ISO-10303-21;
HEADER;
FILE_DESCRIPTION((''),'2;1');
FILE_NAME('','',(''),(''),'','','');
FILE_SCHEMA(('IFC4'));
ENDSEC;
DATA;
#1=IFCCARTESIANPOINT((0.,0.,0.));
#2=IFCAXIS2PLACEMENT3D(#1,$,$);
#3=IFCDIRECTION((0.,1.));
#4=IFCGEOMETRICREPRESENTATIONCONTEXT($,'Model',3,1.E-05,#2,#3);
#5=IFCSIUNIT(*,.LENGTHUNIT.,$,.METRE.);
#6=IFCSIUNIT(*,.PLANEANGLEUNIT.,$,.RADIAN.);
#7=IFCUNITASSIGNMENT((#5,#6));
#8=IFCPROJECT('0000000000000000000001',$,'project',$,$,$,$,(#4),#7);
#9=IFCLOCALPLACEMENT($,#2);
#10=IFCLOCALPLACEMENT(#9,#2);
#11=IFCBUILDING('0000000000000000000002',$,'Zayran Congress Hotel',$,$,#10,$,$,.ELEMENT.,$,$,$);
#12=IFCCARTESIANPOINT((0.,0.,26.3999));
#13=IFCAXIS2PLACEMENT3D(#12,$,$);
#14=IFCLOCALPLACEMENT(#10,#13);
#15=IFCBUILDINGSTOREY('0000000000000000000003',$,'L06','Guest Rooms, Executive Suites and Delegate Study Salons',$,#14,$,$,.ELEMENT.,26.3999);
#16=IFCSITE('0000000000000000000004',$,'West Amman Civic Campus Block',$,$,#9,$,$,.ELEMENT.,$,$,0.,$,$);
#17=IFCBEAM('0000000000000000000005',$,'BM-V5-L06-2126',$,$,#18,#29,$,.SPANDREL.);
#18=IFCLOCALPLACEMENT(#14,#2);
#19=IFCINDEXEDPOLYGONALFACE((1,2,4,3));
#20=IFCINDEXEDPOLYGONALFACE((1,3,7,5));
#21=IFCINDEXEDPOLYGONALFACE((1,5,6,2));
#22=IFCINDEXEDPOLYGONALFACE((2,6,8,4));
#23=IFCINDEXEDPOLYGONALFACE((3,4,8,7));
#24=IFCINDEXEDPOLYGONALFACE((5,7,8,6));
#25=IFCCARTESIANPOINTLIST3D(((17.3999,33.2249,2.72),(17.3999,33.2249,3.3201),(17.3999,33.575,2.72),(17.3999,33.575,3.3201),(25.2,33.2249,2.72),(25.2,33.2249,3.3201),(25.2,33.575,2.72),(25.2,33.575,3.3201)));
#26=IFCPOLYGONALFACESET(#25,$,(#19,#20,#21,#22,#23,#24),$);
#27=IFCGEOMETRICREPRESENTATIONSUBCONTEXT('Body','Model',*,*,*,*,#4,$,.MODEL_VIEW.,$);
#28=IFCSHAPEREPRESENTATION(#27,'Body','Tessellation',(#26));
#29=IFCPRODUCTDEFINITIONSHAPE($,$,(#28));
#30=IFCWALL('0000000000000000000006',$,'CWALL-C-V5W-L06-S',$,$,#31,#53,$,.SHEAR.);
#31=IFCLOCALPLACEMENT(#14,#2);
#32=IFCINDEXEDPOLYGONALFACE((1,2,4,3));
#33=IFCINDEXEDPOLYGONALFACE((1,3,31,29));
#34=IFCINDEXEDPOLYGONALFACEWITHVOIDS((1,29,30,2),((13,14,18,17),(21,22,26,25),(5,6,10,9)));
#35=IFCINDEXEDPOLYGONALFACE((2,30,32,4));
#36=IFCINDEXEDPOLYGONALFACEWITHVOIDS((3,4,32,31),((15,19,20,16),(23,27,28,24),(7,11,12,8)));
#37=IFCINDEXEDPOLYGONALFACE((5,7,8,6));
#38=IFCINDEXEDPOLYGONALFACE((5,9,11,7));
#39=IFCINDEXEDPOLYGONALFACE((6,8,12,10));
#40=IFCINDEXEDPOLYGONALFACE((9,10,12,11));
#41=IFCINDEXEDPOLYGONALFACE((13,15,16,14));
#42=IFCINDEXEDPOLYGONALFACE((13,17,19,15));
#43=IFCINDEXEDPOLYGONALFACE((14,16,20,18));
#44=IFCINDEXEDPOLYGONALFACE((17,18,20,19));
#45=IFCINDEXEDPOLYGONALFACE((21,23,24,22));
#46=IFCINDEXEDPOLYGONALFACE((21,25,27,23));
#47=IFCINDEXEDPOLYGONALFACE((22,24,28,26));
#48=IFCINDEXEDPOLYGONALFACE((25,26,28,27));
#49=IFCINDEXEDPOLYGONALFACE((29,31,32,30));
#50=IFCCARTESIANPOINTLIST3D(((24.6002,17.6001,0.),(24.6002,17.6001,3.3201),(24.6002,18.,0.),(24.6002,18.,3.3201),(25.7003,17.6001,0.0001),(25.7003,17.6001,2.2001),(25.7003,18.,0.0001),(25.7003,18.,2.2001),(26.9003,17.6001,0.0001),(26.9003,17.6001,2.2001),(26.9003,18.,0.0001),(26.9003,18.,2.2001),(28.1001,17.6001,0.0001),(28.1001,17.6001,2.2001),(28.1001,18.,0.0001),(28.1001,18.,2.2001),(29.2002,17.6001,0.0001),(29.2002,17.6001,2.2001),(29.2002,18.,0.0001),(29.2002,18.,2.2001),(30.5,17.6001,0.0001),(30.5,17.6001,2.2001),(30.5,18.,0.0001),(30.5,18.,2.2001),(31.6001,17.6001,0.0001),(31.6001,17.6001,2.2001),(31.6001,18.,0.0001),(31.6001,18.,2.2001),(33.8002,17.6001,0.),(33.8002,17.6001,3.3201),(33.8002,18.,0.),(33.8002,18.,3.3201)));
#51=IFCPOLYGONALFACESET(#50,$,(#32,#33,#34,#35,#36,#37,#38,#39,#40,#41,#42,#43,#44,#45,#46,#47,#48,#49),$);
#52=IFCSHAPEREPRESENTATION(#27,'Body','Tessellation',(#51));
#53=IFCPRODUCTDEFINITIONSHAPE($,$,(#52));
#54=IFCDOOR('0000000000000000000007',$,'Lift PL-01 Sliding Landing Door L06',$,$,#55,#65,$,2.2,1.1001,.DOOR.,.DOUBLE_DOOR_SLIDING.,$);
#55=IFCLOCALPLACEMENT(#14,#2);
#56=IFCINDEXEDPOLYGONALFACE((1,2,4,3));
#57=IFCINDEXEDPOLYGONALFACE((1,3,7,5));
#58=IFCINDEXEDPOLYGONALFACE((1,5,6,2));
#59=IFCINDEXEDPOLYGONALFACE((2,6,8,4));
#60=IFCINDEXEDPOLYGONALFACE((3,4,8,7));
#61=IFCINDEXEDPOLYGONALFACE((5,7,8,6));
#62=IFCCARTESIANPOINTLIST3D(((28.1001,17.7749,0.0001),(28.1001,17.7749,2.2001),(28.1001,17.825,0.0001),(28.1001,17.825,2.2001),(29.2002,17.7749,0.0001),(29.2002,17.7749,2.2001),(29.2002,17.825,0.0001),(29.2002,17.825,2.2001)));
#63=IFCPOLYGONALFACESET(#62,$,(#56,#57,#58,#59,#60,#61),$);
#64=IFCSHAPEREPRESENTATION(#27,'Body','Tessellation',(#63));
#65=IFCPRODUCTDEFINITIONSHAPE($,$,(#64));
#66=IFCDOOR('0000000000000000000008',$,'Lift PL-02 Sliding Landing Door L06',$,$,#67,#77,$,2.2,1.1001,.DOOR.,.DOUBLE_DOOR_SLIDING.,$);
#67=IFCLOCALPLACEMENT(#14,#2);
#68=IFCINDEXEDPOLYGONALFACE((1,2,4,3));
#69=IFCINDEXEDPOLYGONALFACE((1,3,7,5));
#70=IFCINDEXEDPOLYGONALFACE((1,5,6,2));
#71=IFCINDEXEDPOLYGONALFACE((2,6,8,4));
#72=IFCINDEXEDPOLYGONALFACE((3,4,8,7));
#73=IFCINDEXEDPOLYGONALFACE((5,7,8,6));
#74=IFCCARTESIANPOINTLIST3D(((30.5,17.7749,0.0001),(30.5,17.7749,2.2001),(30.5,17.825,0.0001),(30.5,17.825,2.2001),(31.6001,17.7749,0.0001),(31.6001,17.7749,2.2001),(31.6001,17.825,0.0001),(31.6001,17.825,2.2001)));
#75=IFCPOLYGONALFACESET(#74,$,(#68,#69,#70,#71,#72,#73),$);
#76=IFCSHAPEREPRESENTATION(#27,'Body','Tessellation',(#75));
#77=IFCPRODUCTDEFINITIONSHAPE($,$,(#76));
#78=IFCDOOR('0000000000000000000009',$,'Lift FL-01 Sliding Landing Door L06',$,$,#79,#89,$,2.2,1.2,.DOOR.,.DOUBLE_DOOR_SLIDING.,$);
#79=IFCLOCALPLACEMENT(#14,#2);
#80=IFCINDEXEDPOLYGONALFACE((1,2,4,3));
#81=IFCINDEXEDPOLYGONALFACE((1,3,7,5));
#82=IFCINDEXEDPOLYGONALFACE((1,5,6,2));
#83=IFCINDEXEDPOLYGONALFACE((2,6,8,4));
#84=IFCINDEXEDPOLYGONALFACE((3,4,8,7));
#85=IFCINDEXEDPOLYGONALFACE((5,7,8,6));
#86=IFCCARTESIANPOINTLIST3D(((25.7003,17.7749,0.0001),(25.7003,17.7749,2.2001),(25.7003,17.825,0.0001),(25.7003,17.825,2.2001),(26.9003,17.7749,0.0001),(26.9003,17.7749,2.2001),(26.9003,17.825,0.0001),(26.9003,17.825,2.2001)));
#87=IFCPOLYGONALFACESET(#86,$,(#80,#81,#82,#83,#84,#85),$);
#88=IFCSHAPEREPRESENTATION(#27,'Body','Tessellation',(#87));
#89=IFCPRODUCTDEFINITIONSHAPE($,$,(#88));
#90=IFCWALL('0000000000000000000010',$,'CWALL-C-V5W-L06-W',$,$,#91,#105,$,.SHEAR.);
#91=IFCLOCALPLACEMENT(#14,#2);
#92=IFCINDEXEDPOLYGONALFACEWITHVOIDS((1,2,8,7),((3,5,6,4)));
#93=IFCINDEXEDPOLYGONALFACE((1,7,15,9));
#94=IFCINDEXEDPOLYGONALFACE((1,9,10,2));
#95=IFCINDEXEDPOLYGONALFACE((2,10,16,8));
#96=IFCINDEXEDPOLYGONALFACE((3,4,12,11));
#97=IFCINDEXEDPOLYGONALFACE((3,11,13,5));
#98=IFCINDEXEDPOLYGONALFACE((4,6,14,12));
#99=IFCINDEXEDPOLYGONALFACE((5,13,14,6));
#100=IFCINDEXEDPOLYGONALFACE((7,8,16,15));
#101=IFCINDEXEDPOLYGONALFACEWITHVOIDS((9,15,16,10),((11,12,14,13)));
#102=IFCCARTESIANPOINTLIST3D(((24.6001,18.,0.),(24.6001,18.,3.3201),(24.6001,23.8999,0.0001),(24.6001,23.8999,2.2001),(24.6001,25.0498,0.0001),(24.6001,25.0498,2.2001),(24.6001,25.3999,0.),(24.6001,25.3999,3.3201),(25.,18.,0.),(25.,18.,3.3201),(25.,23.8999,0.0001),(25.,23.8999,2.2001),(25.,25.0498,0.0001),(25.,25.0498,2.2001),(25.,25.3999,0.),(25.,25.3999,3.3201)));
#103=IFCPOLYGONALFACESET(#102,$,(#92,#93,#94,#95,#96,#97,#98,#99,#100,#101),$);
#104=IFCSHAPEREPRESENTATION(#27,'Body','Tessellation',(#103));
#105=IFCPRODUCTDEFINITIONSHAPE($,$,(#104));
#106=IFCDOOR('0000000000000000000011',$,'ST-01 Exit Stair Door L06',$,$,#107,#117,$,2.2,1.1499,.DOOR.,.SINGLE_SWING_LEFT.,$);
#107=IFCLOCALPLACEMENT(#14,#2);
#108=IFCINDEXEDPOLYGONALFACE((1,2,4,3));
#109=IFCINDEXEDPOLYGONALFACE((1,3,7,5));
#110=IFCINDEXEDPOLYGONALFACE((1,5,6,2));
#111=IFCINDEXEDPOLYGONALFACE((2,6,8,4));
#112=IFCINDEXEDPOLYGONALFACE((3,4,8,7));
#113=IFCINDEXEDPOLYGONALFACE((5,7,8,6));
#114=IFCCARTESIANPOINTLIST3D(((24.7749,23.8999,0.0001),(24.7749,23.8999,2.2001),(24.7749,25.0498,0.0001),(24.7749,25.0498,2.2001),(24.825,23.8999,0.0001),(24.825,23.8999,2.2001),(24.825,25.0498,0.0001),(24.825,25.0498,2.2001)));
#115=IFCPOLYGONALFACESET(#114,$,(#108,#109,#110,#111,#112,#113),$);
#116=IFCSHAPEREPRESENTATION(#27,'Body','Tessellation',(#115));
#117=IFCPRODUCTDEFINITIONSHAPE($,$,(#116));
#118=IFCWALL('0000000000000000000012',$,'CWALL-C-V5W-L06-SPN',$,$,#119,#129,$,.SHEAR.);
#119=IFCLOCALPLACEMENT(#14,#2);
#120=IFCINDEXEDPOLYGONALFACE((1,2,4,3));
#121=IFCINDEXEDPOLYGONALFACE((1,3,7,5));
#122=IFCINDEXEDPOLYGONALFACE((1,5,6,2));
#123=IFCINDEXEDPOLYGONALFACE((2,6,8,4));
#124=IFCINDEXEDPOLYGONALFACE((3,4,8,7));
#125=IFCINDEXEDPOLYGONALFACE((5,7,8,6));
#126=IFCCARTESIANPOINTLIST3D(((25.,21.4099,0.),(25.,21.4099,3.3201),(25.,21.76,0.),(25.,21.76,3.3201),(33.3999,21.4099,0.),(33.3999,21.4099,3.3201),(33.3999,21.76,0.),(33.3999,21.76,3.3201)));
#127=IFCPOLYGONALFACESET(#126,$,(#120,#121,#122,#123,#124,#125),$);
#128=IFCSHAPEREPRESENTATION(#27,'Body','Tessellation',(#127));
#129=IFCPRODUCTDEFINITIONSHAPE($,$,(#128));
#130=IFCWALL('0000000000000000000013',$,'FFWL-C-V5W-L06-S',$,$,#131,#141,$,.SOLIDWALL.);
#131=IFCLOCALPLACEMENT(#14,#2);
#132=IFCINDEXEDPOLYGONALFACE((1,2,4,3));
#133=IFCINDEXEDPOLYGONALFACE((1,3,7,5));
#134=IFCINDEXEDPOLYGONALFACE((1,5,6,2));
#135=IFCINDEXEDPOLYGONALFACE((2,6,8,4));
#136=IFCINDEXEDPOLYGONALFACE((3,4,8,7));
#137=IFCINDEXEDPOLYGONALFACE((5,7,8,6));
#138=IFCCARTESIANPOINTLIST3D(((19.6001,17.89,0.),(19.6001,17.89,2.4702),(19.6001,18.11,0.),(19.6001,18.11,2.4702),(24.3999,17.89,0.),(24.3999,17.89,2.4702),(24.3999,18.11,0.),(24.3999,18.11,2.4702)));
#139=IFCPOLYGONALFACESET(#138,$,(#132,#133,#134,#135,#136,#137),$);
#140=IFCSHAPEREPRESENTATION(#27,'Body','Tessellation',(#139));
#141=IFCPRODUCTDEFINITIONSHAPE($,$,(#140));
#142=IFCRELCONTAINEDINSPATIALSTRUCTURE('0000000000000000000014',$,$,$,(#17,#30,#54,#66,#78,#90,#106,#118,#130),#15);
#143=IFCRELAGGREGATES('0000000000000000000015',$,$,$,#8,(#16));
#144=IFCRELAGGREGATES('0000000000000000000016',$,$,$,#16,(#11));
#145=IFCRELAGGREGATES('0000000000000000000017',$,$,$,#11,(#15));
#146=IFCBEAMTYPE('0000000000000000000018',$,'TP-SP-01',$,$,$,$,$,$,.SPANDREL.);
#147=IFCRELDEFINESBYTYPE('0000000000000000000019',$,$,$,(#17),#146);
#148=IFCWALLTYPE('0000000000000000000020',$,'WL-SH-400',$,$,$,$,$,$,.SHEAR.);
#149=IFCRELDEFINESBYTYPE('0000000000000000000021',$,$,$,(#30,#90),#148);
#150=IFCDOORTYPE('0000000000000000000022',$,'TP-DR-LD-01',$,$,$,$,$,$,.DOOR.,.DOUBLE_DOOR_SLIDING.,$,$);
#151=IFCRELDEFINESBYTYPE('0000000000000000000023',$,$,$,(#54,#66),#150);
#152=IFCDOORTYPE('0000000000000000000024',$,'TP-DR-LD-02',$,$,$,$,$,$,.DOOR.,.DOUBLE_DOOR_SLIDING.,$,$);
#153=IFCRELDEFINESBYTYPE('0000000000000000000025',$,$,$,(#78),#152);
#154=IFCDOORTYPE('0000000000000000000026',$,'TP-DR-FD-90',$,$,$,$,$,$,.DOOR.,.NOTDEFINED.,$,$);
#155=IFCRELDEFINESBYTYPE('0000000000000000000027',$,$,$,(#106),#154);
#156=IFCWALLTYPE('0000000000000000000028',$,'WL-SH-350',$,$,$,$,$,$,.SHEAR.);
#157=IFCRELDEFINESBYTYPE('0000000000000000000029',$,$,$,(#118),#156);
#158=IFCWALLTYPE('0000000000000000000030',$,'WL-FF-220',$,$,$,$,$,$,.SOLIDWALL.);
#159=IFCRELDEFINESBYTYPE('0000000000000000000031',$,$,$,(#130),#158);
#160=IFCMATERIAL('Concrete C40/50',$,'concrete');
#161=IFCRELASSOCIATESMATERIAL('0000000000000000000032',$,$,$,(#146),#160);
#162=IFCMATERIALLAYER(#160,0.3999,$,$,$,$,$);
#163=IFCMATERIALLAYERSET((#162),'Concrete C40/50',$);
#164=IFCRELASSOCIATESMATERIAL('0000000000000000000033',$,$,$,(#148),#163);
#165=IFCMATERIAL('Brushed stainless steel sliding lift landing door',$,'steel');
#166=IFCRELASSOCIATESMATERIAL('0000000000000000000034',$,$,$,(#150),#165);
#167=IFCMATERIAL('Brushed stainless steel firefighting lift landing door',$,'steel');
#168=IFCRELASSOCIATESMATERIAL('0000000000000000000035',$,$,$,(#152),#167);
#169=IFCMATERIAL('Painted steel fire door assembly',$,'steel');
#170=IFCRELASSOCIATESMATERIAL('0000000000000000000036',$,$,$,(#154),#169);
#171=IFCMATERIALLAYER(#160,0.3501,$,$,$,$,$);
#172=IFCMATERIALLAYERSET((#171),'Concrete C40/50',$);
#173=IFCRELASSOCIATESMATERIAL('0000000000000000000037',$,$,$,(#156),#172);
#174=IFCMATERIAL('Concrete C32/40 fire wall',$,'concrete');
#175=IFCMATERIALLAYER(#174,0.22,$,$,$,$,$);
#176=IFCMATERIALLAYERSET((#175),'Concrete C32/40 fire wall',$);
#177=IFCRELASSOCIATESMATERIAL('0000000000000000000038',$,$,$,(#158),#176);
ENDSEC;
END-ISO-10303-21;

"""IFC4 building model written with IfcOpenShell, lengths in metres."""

from ifc_helpers import new_model, si_unit, direction, frame, frame_2d, origin, origin_2d, place, context, subcontext, project, spatial, rectangle, extrude, material, layer, layer_set, material_profile, profile_set, type_object, element, fill, save


model = new_model("IFC4")

# Units and contexts
model_context = context("Model", 3, precision=1e-05, world=origin(), true_north=direction((0.0, 1.0)))
body_context = subcontext(model_context, "Body", "Model", "MODEL_VIEW")
ifc_project = project(units=[si_unit("LENGTHUNIT", "METRE"), si_unit("PLANEANGLEUNIT", "RADIAN")], contexts=[model_context])

# Site, building, storey
site_placement = place(None, origin())
site = spatial("IfcSite", under=ifc_project, at=site_placement, Name="West Amman Civic Campus Block", CompositionType="ELEMENT", RefElevation=0.0)
building_placement = place(site_placement, origin())
building = spatial("IfcBuilding", under=site, at=building_placement, Name="Zayran Congress Hotel", CompositionType="ELEMENT")
storey_placement = place(building_placement, frame((0.0, 0.0, 26.3999)))
storey = spatial("IfcBuildingStorey", under=building, at=storey_placement, Name="L06", Description="Guest Rooms, Executive Suites and Delegate Study Salons", CompositionType="ELEMENT", Elevation=26.3999)

# Beam
ifc_material_1 = material(Name="Concrete C40/50", Category="concrete")
ifc_material_profile = material_profile(ifc_material_1, rectangle(XDim=0.3501, YDim=0.6001, at=origin_2d()), Name="RC 350x600")
ifc_profile_set = profile_set([ifc_material_profile], Name="Concrete C40/50")
beam_type = type_object("IfcBeamType", Name="TP-SP-01", PredefinedType="SPANDREL", material=ifc_profile_set)
beam_placement = place(storey_placement, frame((17.3999, 33.3999, 3.02), z_axis=(1.0, 0.0, 0.0), x_axis=(0.0, 1.0, 0.0)))
element("IfcBeam", 1, at=beam_placement, inside=storey, type_object=beam_type, Name="BM-V5-L06-2126", PredefinedType="SPANDREL", context=body_context, shape_type="SweptSolid", body=[
    extrude(rectangle(XDim=0.3501, YDim=0.6001, at=origin_2d()), origin(), (0.0, 0.0, 1.0), 7.8),
])

# Wall, openings, doors
ifc_layer_1 = layer(ifc_material_1, 0.3999)
ifc_layer_set_1 = layer_set([ifc_layer_1], Name="Concrete C40/50")
wall_type_1 = type_object("IfcWallType", Name="WL-SH-400", PredefinedType="SHEAR", material=ifc_layer_set_1)
wall_1_placement = place(storey_placement, frame((24.6001, 17.8, 0.0), z_axis=(0.0, 0.0, 1.0), x_axis=(1.0, 0.0, 0.0)))
wall_1 = element("IfcWall", 2, at=wall_1_placement, inside=storey, type_object=wall_type_1, Name="CWALL-C-V5W-L06-S", PredefinedType="SHEAR", context=body_context, shape_type="SweptSolid", body=[
    extrude(rectangle(XDim=9.2, YDim=0.3999, at=frame_2d((4.6001, 0.0))), origin(), (0.0, 0.0, 1.0), 3.3201),
])
opening_1_placement = place(wall_1_placement, frame((1.1001, 0.0, 0.0)))
opening_1 = element("IfcOpeningElement", 3, at=opening_1_placement, cuts=wall_1, PredefinedType="OPENING", context=body_context, shape_type="SweptSolid", body=[
    extrude(rectangle(XDim=1.2, YDim=2.2, at=frame_2d((0.6001, 1.1001))), frame((0.0, 0.21, 0.0), z_axis=(0.0, -1.0, 0.0), x_axis=(1.0, 0.0, 0.0)), (0.0, 0.0, 1.0), 0.4199),
])
opening_2_placement = place(wall_1_placement, frame((3.5, 0.0, 0.0)))
opening_2 = element("IfcOpeningElement", 4, at=opening_2_placement, cuts=wall_1, PredefinedType="OPENING", context=body_context, shape_type="SweptSolid", body=[
    extrude(rectangle(XDim=1.1001, YDim=2.2, at=frame_2d((0.55, 1.1001))), frame((0.0, 0.21, 0.0), z_axis=(0.0, -1.0, 0.0), x_axis=(1.0, 0.0, 0.0)), (0.0, 0.0, 1.0), 0.4199),
])
opening_3_placement = place(wall_1_placement, frame((5.8999, 0.0, 0.0)))
opening_3 = element("IfcOpeningElement", 5, at=opening_3_placement, cuts=wall_1, PredefinedType="OPENING", context=body_context, shape_type="SweptSolid", body=[
    extrude(rectangle(XDim=1.1001, YDim=2.2, at=frame_2d((0.55, 1.1001))), frame((0.0, 0.21, 0.0), z_axis=(0.0, -1.0, 0.0), x_axis=(1.0, 0.0, 0.0)), (0.0, 0.0, 1.0), 0.4199),
])
ifc_material_2 = material(Name="Brushed stainless steel sliding lift landing door", Category="steel")
door_type_1 = type_object("IfcDoorType", Name="TP-DR-LD-01", OperationType="DOUBLE_DOOR_SLIDING", PredefinedType="DOOR", material=ifc_material_2)
door_1_placement = place(opening_2_placement, origin())
door_1 = element("IfcDoor", 6, at=door_1_placement, inside=storey, type_object=door_type_1, Name="Lift PL-01 Sliding Landing Door L06", OperationType="DOUBLE_DOOR_SLIDING", OverallHeight=2.2, OverallWidth=1.1001, PredefinedType="DOOR", context=body_context, shape_type="SweptSolid", body=[
    extrude(rectangle(XDim=1.1001, YDim=2.2, at=frame_2d((0.55, 1.1001))), frame((0.0, 0.0249, 0.0), z_axis=(0.0, -1.0, 0.0), x_axis=(1.0, 0.0, 0.0)), (0.0, 0.0, 1.0), 0.05),
])
fill(opening_2, door_1)
door_2_placement = place(opening_3_placement, origin())
door_2 = element("IfcDoor", 7, at=door_2_placement, inside=storey, type_object=door_type_1, Name="Lift PL-02 Sliding Landing Door L06", OperationType="DOUBLE_DOOR_SLIDING", OverallHeight=2.2, OverallWidth=1.1001, PredefinedType="DOOR", context=body_context, shape_type="SweptSolid", body=[
    extrude(rectangle(XDim=1.1001, YDim=2.2, at=frame_2d((0.55, 1.1001))), frame((0.0, 0.0249, 0.0), z_axis=(0.0, -1.0, 0.0), x_axis=(1.0, 0.0, 0.0)), (0.0, 0.0, 1.0), 0.05),
])
fill(opening_3, door_2)
ifc_material_3 = material(Name="Brushed stainless steel firefighting lift landing door", Category="steel")
door_type_2 = type_object("IfcDoorType", Name="TP-DR-LD-02", OperationType="DOUBLE_DOOR_SLIDING", PredefinedType="DOOR", material=ifc_material_3)
door_3_placement = place(opening_1_placement, origin())
door_3 = element("IfcDoor", 8, at=door_3_placement, inside=storey, type_object=door_type_2, Name="Lift FL-01 Sliding Landing Door L06", OperationType="DOUBLE_DOOR_SLIDING", OverallHeight=2.2, OverallWidth=1.2, PredefinedType="DOOR", context=body_context, shape_type="SweptSolid", body=[
    extrude(rectangle(XDim=1.2, YDim=2.2, at=frame_2d((0.6001, 1.1001))), frame((0.0, 0.0249, 0.0), z_axis=(0.0, -1.0, 0.0), x_axis=(1.0, 0.0, 0.0)), (0.0, 0.0, 1.0), 0.05),
])
fill(opening_1, door_3)

# Wall, opening, door
wall_2_placement = place(storey_placement, frame((24.8, 25.3999, 0.0), z_axis=(0.0, 0.0, 1.0), x_axis=(0.0, -1.0, 0.0)))
wall_2 = element("IfcWall", 9, at=wall_2_placement, inside=storey, type_object=wall_type_1, Name="CWALL-C-V5W-L06-W", PredefinedType="SHEAR", context=body_context, shape_type="SweptSolid", body=[
    extrude(rectangle(XDim=7.3999, YDim=0.3999, at=frame_2d((3.7, 0.0))), origin(), (0.0, 0.0, 1.0), 3.3201),
])
opening_4_placement = place(wall_2_placement, frame((0.3501, 0.0, 0.0)))
opening_4 = element("IfcOpeningElement", 10, at=opening_4_placement, cuts=wall_2, PredefinedType="OPENING", context=body_context, shape_type="SweptSolid", body=[
    extrude(rectangle(XDim=1.1499, YDim=2.2, at=frame_2d((0.575, 1.1001))), frame((0.0, 0.21, 0.0), z_axis=(0.0, -1.0, 0.0), x_axis=(1.0, 0.0, 0.0)), (0.0, 0.0, 1.0), 0.4199),
])
ifc_material_4 = material(Name="Painted steel fire door assembly", Category="steel")
door_type_3 = type_object("IfcDoorType", Name="TP-DR-FD-90", OperationType="NOTDEFINED", PredefinedType="DOOR", material=ifc_material_4)
door_4_placement = place(opening_4_placement, origin())
door_4 = element("IfcDoor", 11, at=door_4_placement, inside=storey, type_object=door_type_3, Name="ST-01 Exit Stair Door L06", OperationType="SINGLE_SWING_LEFT", OverallHeight=2.2, OverallWidth=1.1499, PredefinedType="DOOR", context=body_context, shape_type="SweptSolid", body=[
    extrude(rectangle(XDim=1.1499, YDim=2.2, at=frame_2d((0.575, 1.1001))), frame((0.0, 0.0249, 0.0), z_axis=(0.0, -1.0, 0.0), x_axis=(1.0, 0.0, 0.0)), (0.0, 0.0, 1.0), 0.05),
])
fill(opening_4, door_4)

# Walls
ifc_layer_2 = layer(ifc_material_1, 0.3501)
ifc_layer_set_2 = layer_set([ifc_layer_2], Name="Concrete C40/50")
wall_type_2 = type_object("IfcWallType", Name="WL-SH-350", PredefinedType="SHEAR", material=ifc_layer_set_2)
wall_3_placement = place(storey_placement, frame((25.0, 21.585, 0.0), z_axis=(0.0, 0.0, 1.0), x_axis=(1.0, 0.0, 0.0)))
element("IfcWall", 12, at=wall_3_placement, inside=storey, type_object=wall_type_2, Name="CWALL-C-V5W-L06-SPN", PredefinedType="SHEAR", context=body_context, shape_type="SweptSolid", body=[
    extrude(rectangle(XDim=8.3999, YDim=0.3501, at=frame_2d((4.2, 0.0))), origin(), (0.0, 0.0, 1.0), 3.3201),
])
ifc_material_5 = material(Name="Concrete C32/40 fire wall", Category="concrete")
ifc_layer_3 = layer(ifc_material_5, 0.22)
ifc_layer_set_3 = layer_set([ifc_layer_3], Name="Concrete C32/40 fire wall")
wall_type_3 = type_object("IfcWallType", Name="WL-FF-220", PredefinedType="SOLIDWALL", material=ifc_layer_set_3)
wall_4_placement = place(storey_placement, frame((19.6001, 18.0, 0.0), z_axis=(0.0, 0.0, 1.0), x_axis=(1.0, 0.0, 0.0)))
element("IfcWall", 13, at=wall_4_placement, inside=storey, type_object=wall_type_3, Name="FFWL-C-V5W-L06-S", PredefinedType="SOLIDWALL", context=body_context, shape_type="SweptSolid", body=[
    extrude(rectangle(XDim=4.7998, YDim=0.22, at=frame_2d((2.3999, 0.0))), origin(), (0.0, 0.0, 1.0), 2.4702),
])

save(model, "model.ifc")
